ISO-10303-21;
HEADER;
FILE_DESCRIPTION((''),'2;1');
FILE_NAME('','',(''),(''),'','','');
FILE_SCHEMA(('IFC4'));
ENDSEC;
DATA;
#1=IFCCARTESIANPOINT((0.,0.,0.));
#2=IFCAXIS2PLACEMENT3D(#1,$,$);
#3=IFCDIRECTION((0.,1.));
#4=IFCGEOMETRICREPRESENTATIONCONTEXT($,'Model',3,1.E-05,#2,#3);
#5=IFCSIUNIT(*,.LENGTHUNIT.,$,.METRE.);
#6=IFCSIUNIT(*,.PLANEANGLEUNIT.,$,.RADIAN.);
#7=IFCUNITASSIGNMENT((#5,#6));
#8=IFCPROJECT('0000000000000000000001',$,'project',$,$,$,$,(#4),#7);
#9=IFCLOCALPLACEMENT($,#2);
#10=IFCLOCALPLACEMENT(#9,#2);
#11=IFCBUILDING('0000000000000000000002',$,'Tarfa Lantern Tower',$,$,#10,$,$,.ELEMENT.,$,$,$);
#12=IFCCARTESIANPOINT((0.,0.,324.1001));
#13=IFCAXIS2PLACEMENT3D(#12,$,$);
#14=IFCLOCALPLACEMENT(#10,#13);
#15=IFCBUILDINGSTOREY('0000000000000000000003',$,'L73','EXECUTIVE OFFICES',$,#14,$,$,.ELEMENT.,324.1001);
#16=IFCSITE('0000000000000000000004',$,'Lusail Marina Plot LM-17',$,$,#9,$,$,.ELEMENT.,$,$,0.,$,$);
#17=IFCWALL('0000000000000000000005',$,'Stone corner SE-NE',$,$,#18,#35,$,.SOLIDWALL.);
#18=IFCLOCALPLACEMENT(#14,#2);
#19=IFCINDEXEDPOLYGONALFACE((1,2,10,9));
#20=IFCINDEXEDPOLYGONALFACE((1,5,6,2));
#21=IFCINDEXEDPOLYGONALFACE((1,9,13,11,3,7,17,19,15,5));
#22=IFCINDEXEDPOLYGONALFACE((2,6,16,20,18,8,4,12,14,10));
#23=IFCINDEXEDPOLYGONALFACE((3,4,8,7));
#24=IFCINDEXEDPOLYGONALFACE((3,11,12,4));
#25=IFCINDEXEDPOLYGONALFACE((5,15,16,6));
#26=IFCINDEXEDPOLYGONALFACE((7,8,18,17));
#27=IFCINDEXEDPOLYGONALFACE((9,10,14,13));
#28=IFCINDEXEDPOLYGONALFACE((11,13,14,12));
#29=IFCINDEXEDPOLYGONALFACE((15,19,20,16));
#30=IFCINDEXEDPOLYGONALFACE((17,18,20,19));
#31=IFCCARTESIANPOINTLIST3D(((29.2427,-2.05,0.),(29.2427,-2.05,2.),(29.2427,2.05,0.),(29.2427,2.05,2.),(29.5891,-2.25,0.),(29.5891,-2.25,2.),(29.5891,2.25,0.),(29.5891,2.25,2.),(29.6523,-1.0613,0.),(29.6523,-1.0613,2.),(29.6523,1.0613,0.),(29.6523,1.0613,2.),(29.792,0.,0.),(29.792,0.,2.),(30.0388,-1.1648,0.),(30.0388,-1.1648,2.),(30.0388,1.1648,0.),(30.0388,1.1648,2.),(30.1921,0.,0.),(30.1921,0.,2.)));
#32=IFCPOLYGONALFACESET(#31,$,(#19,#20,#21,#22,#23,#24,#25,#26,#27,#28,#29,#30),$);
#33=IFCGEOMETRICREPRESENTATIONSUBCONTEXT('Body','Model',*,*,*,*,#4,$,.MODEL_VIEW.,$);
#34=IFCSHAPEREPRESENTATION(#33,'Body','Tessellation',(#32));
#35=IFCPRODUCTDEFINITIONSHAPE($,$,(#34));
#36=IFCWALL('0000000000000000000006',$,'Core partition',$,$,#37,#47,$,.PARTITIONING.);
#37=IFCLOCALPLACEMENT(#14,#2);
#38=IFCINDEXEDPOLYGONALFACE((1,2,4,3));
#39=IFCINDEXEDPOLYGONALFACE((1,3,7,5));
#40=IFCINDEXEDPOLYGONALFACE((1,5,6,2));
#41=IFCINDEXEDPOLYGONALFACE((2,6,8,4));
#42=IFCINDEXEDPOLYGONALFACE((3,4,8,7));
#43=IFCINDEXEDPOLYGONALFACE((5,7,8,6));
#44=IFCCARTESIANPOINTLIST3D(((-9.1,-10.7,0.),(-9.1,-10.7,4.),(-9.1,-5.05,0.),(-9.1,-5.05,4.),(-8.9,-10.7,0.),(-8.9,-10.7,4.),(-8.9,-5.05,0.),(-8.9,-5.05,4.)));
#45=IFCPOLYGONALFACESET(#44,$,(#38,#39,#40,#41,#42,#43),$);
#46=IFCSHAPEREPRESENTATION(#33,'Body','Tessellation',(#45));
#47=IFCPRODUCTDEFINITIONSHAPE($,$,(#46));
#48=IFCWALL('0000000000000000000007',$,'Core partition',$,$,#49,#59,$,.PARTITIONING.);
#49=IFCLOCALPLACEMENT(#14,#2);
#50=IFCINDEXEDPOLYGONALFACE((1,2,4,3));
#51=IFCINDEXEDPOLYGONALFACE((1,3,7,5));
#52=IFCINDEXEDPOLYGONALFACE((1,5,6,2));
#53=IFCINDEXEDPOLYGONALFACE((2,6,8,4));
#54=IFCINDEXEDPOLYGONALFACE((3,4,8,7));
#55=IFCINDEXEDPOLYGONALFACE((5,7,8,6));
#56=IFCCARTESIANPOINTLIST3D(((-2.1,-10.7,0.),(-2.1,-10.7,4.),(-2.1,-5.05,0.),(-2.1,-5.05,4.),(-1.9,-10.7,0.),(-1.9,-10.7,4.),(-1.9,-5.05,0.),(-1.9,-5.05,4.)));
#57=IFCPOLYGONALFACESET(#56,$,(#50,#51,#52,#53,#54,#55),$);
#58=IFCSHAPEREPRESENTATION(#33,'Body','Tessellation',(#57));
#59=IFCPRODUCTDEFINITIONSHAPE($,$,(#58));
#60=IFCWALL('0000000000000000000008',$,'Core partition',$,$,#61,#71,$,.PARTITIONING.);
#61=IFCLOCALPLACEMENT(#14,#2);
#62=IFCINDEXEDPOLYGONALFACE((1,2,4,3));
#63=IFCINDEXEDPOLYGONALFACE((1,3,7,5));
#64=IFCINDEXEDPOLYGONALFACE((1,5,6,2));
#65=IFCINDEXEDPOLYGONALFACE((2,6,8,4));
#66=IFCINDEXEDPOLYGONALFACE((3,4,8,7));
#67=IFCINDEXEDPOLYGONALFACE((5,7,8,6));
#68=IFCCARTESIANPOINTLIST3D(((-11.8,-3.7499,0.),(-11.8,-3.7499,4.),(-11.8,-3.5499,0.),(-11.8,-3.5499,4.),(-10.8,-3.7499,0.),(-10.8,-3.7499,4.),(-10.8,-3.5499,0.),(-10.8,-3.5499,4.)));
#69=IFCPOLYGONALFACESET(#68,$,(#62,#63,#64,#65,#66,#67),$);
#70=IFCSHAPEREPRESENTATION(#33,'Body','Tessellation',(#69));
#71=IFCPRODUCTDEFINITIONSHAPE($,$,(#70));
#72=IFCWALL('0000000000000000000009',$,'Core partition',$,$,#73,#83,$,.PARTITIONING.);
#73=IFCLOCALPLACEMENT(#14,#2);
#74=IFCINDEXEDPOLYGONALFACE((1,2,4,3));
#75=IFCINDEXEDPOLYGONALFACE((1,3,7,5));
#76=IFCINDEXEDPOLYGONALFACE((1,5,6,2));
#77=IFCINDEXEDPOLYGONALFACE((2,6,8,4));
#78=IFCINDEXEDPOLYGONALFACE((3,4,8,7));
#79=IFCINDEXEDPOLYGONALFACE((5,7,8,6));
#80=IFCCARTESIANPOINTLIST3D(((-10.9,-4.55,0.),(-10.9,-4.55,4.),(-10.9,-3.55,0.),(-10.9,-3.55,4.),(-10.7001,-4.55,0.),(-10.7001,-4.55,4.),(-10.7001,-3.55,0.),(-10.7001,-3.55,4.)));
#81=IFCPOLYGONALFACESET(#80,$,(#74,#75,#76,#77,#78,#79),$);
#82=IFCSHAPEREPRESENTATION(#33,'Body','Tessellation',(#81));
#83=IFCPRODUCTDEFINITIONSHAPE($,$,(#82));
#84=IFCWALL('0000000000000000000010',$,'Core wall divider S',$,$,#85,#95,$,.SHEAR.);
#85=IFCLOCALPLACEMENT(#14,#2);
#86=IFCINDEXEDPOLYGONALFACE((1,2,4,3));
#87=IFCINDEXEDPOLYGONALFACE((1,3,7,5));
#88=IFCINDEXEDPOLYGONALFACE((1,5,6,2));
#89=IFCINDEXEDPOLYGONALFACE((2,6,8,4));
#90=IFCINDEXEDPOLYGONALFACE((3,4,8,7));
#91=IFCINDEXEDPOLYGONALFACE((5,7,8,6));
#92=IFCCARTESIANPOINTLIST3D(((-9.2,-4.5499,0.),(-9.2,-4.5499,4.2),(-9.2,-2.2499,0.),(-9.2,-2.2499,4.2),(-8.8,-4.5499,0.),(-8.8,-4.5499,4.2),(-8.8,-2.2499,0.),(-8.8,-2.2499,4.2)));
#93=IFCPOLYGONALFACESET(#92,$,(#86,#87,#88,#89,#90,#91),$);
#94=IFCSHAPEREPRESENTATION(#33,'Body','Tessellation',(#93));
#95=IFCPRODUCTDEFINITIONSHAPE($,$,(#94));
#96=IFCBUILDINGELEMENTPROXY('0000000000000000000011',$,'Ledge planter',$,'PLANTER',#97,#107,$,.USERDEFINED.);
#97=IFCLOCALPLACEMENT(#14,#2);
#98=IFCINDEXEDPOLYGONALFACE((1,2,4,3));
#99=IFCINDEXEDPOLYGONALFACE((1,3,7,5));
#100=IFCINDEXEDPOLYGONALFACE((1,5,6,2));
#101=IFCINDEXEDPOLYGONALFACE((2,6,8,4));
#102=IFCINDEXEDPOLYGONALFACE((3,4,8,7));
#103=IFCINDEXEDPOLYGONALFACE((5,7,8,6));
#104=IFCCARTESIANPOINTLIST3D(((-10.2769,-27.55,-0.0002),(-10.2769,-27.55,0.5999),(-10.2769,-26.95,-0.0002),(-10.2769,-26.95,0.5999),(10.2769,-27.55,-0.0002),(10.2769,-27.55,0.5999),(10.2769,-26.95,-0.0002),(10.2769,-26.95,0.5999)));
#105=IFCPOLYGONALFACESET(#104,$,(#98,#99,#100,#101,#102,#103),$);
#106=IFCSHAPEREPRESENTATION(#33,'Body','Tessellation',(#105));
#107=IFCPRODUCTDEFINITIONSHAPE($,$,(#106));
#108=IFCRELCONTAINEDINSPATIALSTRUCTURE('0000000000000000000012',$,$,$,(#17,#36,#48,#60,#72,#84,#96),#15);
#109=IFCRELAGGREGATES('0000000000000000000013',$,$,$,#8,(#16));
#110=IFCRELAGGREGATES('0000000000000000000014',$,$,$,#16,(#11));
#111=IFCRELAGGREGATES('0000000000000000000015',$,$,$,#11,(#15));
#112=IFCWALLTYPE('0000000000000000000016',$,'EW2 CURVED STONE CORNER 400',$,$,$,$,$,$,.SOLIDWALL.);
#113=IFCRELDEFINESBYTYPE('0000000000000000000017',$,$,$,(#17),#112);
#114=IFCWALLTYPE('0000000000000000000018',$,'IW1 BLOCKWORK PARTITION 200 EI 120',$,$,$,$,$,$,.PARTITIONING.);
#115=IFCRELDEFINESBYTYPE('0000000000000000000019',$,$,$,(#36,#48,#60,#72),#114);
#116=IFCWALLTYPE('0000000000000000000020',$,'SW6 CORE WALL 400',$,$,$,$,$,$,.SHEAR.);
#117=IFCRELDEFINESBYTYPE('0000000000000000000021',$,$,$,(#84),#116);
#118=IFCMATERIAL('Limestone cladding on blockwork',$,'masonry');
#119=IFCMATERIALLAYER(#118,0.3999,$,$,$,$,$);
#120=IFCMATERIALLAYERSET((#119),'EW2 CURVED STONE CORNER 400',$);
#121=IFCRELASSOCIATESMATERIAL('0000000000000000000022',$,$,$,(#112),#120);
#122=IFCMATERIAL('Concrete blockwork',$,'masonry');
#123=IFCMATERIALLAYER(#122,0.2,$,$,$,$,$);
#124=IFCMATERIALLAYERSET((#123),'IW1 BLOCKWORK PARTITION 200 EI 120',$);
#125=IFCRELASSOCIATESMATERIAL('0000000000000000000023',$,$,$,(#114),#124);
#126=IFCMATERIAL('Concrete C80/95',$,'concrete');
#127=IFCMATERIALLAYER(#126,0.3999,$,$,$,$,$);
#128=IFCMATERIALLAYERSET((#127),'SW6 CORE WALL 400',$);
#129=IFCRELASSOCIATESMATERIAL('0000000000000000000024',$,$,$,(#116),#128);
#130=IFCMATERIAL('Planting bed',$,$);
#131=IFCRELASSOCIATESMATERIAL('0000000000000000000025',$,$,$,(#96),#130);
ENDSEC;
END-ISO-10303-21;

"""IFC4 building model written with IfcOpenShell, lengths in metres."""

from ifc_helpers import new_model, si_unit, direction, frame, frame_2d, origin, origin_2d, place, context, subcontext, project, spatial, polyline, rectangle, outline, extrude, material, layer, layer_set, type_object, element, save


model = new_model("IFC4")

# Units and contexts
model_context = context("Model", 3, precision=1e-05, world=origin(), true_north=direction((0.0, 1.0)))
body_context = subcontext(model_context, "Body", "Model", "MODEL_VIEW")
ifc_project = project(units=[si_unit("LENGTHUNIT", "METRE"), si_unit("PLANEANGLEUNIT", "RADIAN")], contexts=[model_context])

# Site, building, storey
site_placement = place(None, origin())
site = spatial("IfcSite", under=ifc_project, at=site_placement, Name="Lusail Marina Plot LM-17", CompositionType="ELEMENT", RefElevation=0.0)
building_placement = place(site_placement, origin())
building = spatial("IfcBuilding", under=site, at=building_placement, Name="Tarfa Lantern Tower", CompositionType="ELEMENT")
storey_placement = place(building_placement, frame((0.0, 0.0, 324.1001)))
storey = spatial("IfcBuildingStorey", under=building, at=storey_placement, Name="L73", Description="EXECUTIVE OFFICES", CompositionType="ELEMENT", Elevation=324.1001)

# Shared definitions
ifc_material_1 = material(Name="Concrete C80/95", Category="concrete")

# Walls
ifc_material_2 = material(Name="Limestone cladding on blockwork", Category="masonry")
ifc_layer_1 = layer(ifc_material_2, 0.3999)
ifc_layer_set_1 = layer_set([ifc_layer_1], Name="EW2 CURVED STONE CORNER 400")
wall_type_1 = type_object("IfcWallType", Name="EW2 CURVED STONE CORNER 400", PredefinedType="SOLIDWALL", material=ifc_layer_set_1)
wall_1_placement = place(storey_placement, origin())
element("IfcWall", 1, at=wall_1_placement, inside=storey, type_object=wall_type_1, Name="Stone corner SE-NE", PredefinedType="SOLIDWALL", context=body_context, shape_type="SweptSolid", body=[
    extrude(outline(polyline([(29.5891, -2.25), (30.0388, -1.1648), (30.1921, 0.0), (30.0388, 1.1648), (29.5891, 2.25), (29.2427, 2.05), (29.6523, 1.0613), (29.792, 0.0), (29.6523, -1.0613), (29.2427, -2.05), (29.5891, -2.25)])), origin(), (0.0, 0.0, 1.0), 2.0),
])
ifc_material_3 = material(Name="Concrete blockwork", Category="masonry")
ifc_layer_2 = layer(ifc_material_3, 0.2)
ifc_layer_set_2 = layer_set([ifc_layer_2], Name="IW1 BLOCKWORK PARTITION 200 EI 120")
wall_type_2 = type_object("IfcWallType", Name="IW1 BLOCKWORK PARTITION 200 EI 120", PredefinedType="PARTITIONING", material=ifc_layer_set_2)
for number, where, z_axis, x_axis, name in (
    (2, (-9.0, -5.05, 0.0), (0.0, 0.0, 1.0), (0.0, -1.0, 0.0), "Core partition"),
    (3, (-2.0, -5.05, 0.0), (0.0, 0.0, 1.0), (0.0, -1.0, 0.0), "Core partition"),
):
    element("IfcWall", number, at=place(storey_placement, frame(where, z_axis=z_axis, x_axis=x_axis)), inside=storey, type_object=wall_type_2, Name=name, PredefinedType="PARTITIONING", context=body_context, shape_type="SweptSolid", body=[
        extrude(rectangle(XDim=5.6499, YDim=0.2, at=frame_2d((2.825, 0.0))), origin(), (0.0, 0.0, 1.0), 4.0),
    ])
for number, where, z_axis, x_axis, name in (
    (4, (-10.8, -3.6499, 0.0), (0.0, 0.0, 1.0), (-1.0, 0.0, 0.0), "Core partition"),
    (5, (-10.8, -3.55, 0.0), (0.0, 0.0, 1.0), (0.0, -1.0, 0.0), "Core partition"),
):
    element("IfcWall", number, at=place(storey_placement, frame(where, z_axis=z_axis, x_axis=x_axis)), inside=storey, type_object=wall_type_2, Name=name, PredefinedType="PARTITIONING", context=body_context, shape_type="SweptSolid", body=[
        extrude(rectangle(XDim=1.0, YDim=0.2, at=frame_2d((0.5, 0.0))), origin(), (0.0, 0.0, 1.0), 4.0),
    ])
ifc_layer_3 = layer(ifc_material_1, 0.3999)
ifc_layer_set_3 = layer_set([ifc_layer_3], Name="SW6 CORE WALL 400")
wall_type_3 = type_object("IfcWallType", Name="SW6 CORE WALL 400", PredefinedType="SHEAR", material=ifc_layer_set_3)
wall_2_placement = place(storey_placement, frame((-9.0, -2.25, 0.0), z_axis=(0.0, 0.0, 1.0), x_axis=(0.0, -1.0, 0.0)))
element("IfcWall", 6, at=wall_2_placement, inside=storey, type_object=wall_type_3, Name="Core wall divider S", PredefinedType="SHEAR", context=body_context, shape_type="SweptSolid", body=[
    extrude(rectangle(XDim=2.3, YDim=0.3999, at=frame_2d((1.1499, 0.0))), origin(), (0.0, 0.0, 1.0), 4.2),
])

# Building element proxy
ifc_material_4 = material(Name="Planting bed")
proxy_placement = place(storey_placement, frame((0.0, -27.25, -0.0002), z_axis=(0.0, 0.0, 1.0), x_axis=(1.0, 0.0, 0.0)))
element("IfcBuildingElementProxy", 7, at=proxy_placement, inside=storey, material=ifc_material_4, Name="Ledge planter", ObjectType="PLANTER", PredefinedType="USERDEFINED", context=body_context, shape_type="SweptSolid", body=[
    extrude(rectangle(XDim=20.5537, YDim=0.6001, at=origin_2d()), origin(), (0.0, 0.0, 1.0), 0.6001),
])

save(model, "model.ifc")
